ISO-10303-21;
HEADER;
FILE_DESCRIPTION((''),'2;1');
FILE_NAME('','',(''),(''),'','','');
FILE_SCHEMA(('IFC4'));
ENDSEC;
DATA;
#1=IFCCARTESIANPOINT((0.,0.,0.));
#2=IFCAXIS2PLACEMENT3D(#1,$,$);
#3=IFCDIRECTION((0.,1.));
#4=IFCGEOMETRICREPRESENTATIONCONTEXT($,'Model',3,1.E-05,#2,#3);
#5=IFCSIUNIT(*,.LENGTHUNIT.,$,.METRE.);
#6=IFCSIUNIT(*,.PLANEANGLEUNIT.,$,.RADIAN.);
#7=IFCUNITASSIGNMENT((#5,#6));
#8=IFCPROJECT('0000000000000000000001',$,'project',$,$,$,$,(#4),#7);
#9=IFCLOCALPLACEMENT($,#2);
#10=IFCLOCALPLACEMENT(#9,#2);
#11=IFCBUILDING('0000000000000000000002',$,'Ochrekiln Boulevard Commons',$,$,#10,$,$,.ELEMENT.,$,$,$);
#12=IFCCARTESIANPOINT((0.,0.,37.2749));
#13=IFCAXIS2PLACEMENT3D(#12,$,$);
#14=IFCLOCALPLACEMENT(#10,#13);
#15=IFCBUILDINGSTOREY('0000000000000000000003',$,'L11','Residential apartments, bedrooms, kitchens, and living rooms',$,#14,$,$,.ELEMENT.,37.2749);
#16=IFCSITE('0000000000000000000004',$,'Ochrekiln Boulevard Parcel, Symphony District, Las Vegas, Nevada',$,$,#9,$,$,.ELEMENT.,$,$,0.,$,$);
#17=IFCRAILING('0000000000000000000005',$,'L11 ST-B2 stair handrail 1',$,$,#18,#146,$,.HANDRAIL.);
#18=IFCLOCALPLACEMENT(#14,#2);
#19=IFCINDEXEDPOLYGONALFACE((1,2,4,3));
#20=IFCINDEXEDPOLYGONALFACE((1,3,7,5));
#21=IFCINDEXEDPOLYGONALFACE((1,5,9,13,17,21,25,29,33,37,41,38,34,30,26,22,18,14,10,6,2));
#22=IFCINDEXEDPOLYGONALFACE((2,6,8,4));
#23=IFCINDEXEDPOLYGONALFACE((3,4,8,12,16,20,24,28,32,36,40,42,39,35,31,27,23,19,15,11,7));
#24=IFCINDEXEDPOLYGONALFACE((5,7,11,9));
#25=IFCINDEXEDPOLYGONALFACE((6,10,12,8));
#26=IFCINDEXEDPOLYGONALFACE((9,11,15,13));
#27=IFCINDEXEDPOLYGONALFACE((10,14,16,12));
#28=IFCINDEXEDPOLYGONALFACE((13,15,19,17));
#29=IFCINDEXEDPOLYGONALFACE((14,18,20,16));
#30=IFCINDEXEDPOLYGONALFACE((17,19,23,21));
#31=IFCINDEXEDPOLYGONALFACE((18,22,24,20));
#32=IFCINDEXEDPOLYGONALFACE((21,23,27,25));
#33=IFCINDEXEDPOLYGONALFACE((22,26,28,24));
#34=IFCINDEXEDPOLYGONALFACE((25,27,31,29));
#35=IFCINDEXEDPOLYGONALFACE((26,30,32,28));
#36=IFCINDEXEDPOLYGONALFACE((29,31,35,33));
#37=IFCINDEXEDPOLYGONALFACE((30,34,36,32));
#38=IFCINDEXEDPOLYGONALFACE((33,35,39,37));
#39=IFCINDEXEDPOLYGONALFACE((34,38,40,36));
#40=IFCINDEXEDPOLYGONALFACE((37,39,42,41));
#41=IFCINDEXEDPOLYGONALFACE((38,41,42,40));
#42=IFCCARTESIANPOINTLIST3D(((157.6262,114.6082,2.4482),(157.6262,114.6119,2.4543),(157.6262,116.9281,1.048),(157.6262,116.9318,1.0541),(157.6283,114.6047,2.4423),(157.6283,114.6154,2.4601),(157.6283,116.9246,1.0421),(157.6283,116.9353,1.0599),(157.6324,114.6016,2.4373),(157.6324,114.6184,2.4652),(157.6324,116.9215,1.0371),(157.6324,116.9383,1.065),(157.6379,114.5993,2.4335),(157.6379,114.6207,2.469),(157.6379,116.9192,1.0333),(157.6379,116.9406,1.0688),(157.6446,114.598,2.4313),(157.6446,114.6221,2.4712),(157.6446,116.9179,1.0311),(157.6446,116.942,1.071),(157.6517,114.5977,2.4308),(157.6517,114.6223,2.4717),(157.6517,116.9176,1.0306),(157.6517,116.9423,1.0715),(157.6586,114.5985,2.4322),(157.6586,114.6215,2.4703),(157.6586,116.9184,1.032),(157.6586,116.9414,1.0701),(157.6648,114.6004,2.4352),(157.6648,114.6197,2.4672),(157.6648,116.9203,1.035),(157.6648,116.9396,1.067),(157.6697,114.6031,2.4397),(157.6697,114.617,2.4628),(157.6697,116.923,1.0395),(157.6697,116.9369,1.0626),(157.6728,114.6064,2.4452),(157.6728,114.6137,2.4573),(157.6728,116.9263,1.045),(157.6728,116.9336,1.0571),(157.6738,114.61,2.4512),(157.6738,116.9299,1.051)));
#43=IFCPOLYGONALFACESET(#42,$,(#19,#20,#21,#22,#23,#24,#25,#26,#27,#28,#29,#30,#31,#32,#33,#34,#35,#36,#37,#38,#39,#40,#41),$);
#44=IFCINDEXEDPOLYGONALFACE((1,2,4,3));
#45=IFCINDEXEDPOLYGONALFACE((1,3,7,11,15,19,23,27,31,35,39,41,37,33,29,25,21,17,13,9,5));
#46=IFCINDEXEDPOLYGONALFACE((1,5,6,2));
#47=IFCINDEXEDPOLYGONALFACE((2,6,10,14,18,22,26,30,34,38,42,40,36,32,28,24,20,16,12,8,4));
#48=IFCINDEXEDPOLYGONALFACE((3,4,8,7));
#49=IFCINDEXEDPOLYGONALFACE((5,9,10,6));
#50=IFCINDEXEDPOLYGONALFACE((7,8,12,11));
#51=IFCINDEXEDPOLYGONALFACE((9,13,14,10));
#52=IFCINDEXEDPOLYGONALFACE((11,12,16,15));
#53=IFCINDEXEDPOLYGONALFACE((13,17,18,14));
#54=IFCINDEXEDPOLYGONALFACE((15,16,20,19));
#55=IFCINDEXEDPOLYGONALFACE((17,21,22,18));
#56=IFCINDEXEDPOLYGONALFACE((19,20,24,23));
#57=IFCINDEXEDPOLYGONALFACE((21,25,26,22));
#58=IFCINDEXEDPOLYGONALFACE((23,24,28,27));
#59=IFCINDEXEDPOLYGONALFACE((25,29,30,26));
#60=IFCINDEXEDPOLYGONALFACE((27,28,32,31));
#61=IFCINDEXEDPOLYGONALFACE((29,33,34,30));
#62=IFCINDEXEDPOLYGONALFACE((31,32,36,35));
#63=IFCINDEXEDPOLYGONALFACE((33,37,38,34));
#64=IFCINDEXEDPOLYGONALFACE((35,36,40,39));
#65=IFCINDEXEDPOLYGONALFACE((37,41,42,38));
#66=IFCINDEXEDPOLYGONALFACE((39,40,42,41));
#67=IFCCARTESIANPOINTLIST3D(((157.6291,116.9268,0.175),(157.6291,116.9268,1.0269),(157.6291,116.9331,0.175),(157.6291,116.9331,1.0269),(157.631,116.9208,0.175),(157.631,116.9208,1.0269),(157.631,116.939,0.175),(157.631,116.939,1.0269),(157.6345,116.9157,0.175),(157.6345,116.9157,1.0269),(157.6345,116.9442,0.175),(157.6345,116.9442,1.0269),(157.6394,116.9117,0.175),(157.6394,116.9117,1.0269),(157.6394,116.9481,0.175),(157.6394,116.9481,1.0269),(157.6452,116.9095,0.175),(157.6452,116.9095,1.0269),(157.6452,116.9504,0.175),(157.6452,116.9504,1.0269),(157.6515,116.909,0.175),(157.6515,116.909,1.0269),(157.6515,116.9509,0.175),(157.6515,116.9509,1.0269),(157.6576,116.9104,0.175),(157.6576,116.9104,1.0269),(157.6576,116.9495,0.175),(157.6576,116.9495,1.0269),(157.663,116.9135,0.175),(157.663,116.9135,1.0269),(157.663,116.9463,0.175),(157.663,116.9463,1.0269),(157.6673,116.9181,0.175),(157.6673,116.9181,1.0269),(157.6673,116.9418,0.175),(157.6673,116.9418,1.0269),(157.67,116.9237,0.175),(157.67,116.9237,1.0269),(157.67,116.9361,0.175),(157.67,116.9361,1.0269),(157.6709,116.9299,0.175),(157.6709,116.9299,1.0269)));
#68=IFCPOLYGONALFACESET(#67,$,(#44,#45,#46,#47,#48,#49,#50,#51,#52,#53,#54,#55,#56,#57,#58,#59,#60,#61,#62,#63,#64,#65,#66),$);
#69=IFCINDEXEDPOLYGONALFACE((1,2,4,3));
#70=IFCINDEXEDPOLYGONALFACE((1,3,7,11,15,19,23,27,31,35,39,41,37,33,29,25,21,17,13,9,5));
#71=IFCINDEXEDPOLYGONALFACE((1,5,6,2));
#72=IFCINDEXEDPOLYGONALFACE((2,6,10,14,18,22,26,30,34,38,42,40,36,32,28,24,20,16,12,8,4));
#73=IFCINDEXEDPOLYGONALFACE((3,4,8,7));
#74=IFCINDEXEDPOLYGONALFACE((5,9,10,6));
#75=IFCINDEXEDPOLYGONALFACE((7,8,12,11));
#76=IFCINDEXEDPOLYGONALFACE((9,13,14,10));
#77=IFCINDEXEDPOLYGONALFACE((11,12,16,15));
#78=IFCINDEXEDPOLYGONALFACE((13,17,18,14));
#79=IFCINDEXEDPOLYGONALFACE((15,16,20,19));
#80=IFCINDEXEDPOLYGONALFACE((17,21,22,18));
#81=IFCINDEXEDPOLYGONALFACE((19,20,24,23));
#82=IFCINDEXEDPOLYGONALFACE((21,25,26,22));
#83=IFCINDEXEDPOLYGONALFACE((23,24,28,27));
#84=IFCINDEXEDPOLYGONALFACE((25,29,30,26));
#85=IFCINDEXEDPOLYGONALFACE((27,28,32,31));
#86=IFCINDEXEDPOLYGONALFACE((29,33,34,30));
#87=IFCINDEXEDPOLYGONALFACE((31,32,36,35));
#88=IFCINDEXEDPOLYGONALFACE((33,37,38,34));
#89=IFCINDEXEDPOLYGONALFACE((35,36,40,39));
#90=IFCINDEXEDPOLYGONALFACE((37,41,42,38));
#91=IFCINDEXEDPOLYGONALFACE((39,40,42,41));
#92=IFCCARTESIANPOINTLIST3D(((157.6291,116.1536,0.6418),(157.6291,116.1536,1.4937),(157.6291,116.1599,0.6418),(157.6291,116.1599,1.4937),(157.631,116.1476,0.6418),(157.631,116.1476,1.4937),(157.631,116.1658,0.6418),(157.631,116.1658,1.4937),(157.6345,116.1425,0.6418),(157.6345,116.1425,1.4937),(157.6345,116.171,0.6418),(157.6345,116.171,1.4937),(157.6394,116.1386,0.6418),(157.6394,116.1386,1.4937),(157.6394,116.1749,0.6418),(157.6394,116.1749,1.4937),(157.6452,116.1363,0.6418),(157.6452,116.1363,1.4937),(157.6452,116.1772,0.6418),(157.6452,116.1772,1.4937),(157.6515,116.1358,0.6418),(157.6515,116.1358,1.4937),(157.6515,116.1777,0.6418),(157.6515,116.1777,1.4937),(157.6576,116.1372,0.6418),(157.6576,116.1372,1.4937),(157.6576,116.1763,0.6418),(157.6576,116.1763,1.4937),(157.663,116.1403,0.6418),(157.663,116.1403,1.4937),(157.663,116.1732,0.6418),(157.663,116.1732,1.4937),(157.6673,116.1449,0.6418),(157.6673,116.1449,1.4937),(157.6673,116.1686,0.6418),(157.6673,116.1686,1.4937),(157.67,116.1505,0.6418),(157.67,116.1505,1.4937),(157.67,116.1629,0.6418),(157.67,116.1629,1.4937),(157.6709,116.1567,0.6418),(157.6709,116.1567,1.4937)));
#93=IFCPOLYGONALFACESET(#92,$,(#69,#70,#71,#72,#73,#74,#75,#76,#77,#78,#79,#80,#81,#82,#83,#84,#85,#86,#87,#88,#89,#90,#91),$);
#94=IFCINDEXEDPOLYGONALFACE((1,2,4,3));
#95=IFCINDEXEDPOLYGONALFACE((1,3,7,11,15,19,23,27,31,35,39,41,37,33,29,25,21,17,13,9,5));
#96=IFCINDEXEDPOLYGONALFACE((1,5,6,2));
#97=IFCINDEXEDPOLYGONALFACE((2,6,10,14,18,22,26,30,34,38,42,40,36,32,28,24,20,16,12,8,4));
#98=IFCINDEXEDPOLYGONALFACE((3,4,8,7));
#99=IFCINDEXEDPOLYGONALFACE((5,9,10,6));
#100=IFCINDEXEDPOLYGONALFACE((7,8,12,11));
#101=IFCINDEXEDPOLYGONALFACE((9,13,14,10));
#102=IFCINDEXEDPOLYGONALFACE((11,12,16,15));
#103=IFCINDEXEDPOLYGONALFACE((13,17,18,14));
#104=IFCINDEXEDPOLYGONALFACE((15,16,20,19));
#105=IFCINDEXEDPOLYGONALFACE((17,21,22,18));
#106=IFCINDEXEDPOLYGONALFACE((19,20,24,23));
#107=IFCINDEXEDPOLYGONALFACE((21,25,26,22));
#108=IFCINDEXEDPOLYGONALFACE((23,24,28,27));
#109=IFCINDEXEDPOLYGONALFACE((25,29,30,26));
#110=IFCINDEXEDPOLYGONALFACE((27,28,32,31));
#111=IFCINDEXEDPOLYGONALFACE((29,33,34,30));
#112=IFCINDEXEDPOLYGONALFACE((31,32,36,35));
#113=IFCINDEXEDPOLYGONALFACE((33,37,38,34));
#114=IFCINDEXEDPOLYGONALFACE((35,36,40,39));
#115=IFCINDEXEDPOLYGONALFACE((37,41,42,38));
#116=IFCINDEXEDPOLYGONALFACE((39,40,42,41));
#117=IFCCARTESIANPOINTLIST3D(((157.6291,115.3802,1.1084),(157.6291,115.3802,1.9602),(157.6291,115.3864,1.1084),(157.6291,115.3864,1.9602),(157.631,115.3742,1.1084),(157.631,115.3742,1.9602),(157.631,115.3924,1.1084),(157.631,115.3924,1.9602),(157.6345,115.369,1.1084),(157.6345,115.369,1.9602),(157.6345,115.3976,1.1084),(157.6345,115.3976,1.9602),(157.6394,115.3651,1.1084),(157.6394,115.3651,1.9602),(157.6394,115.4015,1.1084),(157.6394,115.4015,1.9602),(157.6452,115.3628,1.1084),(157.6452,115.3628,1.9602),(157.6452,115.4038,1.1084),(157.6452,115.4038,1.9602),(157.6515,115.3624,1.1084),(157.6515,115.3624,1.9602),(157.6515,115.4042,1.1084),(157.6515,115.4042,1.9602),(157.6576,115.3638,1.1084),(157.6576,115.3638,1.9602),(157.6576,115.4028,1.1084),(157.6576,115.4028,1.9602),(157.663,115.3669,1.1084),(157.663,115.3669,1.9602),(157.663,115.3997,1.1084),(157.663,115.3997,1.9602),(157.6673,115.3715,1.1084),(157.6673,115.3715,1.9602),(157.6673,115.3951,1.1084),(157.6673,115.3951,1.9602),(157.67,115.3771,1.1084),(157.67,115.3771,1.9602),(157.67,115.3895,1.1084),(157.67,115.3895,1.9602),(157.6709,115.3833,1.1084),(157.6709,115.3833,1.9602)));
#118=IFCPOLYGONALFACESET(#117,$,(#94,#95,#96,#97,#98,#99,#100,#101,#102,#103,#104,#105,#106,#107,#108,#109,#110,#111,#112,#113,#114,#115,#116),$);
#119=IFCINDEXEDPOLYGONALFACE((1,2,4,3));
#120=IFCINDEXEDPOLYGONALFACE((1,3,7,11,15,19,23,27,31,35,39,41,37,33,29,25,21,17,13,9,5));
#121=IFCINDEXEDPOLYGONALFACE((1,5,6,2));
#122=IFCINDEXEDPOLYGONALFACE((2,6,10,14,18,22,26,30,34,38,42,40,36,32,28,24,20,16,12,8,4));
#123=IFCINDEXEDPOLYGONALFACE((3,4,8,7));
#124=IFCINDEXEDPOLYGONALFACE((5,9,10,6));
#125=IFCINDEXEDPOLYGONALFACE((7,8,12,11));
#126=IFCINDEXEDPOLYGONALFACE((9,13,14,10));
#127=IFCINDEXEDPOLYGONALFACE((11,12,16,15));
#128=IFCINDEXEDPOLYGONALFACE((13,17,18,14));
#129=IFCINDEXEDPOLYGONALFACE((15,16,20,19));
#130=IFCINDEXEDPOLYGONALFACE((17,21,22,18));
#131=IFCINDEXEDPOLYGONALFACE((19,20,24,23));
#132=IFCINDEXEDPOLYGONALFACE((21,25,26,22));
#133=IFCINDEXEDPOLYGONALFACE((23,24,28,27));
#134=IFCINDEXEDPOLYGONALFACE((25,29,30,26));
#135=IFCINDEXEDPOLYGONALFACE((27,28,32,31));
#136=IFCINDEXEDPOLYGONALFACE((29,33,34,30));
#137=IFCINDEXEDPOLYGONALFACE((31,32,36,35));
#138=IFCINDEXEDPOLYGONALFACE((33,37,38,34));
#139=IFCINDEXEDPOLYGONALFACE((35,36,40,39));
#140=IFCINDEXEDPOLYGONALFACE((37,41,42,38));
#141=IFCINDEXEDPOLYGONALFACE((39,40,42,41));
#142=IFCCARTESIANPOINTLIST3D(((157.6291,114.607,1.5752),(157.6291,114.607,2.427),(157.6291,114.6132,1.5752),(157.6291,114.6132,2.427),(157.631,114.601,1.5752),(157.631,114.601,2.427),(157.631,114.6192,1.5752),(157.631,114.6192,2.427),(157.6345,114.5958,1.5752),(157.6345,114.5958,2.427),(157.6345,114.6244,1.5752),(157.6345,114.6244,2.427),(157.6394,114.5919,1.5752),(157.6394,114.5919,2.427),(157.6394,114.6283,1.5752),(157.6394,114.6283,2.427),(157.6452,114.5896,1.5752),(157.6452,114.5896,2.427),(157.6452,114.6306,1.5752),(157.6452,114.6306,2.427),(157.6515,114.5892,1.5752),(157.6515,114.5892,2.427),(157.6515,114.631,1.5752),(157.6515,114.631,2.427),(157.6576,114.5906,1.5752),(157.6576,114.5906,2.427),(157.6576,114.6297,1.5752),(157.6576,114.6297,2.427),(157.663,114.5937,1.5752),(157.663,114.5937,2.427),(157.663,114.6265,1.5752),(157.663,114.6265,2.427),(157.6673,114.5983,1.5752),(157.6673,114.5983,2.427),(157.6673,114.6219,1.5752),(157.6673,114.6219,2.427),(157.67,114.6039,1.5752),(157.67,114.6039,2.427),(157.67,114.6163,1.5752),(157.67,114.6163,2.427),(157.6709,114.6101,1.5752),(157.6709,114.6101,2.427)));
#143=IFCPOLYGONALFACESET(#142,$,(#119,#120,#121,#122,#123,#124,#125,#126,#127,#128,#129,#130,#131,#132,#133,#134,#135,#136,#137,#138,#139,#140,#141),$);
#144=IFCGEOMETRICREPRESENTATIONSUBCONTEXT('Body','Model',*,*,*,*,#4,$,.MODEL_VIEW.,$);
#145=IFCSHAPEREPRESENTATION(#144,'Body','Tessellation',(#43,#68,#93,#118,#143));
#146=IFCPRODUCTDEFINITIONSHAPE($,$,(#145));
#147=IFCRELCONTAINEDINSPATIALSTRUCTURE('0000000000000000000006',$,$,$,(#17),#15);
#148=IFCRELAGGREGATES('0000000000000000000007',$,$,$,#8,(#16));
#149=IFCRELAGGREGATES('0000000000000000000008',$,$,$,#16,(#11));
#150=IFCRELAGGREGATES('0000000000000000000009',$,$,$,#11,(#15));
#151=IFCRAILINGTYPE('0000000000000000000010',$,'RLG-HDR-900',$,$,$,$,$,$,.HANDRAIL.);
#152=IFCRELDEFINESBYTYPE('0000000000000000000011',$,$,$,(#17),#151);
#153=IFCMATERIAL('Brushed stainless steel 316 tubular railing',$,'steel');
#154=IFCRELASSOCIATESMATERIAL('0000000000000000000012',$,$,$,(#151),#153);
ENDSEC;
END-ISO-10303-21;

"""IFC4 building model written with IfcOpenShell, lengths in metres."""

from ifc_helpers import new_model, si_unit, direction, frame, origin, origin_2d, place, context, subcontext, project, spatial, circle, extrude, material, type_object, element, save


model = new_model("IFC4")

# Units and contexts
model_context = context("Model", 3, precision=1e-05, world=origin(), true_north=direction((0.0, 1.0)))
body_context = subcontext(model_context, "Body", "Model", "MODEL_VIEW")
ifc_project = project(units=[si_unit("LENGTHUNIT", "METRE"), si_unit("PLANEANGLEUNIT", "RADIAN")], contexts=[model_context])

# Site, building, storey
site_placement = place(None, origin())
site = spatial("IfcSite", under=ifc_project, at=site_placement, Name="Ochrekiln Boulevard Parcel, Symphony District, Las Vegas, Nevada", CompositionType="ELEMENT", RefElevation=0.0)
building_placement = place(site_placement, origin())
building = spatial("IfcBuilding", under=site, at=building_placement, Name="Ochrekiln Boulevard Commons", CompositionType="ELEMENT")
storey_placement = place(building_placement, frame((0.0, 0.0, 37.2749)))
storey = spatial("IfcBuildingStorey", under=building, at=storey_placement, Name="L11", Description="Residential apartments, bedrooms, kitchens, and living rooms", CompositionType="ELEMENT", Elevation=37.2749)

# Railing
ifc_material_1 = material(Name="Brushed stainless steel 316 tubular railing", Category="steel")
railing_type_1 = type_object("IfcRailingType", Name="RLG-HDR-900", PredefinedType="HANDRAIL", material=ifc_material_1)
railing_1_placement = place(storey_placement, frame((157.6499, 116.9299, 0.175)))
element("IfcRailing", 1, at=railing_1_placement, inside=storey, type_object=railing_type_1, Name="L11 ST-B2 stair handrail 1", PredefinedType="HANDRAIL", context=body_context, shape_type="SweptSolid", body=[
    extrude(circle(Radius=0.0239, at=origin_2d()), frame((0.0, 0.0, 0.876), z_axis=(0.0, -0.856146, 0.516733), x_axis=(1.0, 0.0, 0.0)), (0.0, 0.0, 1.0), 2.7097),
    extrude(circle(Radius=0.021, at=origin_2d()), origin(), (0.0, 0.0, 1.0), 0.8518),
    extrude(circle(Radius=0.021, at=origin_2d()), frame((0.0, -0.7732, 0.4668)), (0.0, 0.0, 1.0), 0.8518),
    extrude(circle(Radius=0.021, at=origin_2d()), frame((0.0, -1.5466, 0.9333)), (0.0, 0.0, 1.0), 0.8518),
    extrude(circle(Radius=0.021, at=origin_2d()), frame((0.0, -2.3198, 1.4001)), (0.0, 0.0, 1.0), 0.8518),
])

save(model, "model.ifc")
